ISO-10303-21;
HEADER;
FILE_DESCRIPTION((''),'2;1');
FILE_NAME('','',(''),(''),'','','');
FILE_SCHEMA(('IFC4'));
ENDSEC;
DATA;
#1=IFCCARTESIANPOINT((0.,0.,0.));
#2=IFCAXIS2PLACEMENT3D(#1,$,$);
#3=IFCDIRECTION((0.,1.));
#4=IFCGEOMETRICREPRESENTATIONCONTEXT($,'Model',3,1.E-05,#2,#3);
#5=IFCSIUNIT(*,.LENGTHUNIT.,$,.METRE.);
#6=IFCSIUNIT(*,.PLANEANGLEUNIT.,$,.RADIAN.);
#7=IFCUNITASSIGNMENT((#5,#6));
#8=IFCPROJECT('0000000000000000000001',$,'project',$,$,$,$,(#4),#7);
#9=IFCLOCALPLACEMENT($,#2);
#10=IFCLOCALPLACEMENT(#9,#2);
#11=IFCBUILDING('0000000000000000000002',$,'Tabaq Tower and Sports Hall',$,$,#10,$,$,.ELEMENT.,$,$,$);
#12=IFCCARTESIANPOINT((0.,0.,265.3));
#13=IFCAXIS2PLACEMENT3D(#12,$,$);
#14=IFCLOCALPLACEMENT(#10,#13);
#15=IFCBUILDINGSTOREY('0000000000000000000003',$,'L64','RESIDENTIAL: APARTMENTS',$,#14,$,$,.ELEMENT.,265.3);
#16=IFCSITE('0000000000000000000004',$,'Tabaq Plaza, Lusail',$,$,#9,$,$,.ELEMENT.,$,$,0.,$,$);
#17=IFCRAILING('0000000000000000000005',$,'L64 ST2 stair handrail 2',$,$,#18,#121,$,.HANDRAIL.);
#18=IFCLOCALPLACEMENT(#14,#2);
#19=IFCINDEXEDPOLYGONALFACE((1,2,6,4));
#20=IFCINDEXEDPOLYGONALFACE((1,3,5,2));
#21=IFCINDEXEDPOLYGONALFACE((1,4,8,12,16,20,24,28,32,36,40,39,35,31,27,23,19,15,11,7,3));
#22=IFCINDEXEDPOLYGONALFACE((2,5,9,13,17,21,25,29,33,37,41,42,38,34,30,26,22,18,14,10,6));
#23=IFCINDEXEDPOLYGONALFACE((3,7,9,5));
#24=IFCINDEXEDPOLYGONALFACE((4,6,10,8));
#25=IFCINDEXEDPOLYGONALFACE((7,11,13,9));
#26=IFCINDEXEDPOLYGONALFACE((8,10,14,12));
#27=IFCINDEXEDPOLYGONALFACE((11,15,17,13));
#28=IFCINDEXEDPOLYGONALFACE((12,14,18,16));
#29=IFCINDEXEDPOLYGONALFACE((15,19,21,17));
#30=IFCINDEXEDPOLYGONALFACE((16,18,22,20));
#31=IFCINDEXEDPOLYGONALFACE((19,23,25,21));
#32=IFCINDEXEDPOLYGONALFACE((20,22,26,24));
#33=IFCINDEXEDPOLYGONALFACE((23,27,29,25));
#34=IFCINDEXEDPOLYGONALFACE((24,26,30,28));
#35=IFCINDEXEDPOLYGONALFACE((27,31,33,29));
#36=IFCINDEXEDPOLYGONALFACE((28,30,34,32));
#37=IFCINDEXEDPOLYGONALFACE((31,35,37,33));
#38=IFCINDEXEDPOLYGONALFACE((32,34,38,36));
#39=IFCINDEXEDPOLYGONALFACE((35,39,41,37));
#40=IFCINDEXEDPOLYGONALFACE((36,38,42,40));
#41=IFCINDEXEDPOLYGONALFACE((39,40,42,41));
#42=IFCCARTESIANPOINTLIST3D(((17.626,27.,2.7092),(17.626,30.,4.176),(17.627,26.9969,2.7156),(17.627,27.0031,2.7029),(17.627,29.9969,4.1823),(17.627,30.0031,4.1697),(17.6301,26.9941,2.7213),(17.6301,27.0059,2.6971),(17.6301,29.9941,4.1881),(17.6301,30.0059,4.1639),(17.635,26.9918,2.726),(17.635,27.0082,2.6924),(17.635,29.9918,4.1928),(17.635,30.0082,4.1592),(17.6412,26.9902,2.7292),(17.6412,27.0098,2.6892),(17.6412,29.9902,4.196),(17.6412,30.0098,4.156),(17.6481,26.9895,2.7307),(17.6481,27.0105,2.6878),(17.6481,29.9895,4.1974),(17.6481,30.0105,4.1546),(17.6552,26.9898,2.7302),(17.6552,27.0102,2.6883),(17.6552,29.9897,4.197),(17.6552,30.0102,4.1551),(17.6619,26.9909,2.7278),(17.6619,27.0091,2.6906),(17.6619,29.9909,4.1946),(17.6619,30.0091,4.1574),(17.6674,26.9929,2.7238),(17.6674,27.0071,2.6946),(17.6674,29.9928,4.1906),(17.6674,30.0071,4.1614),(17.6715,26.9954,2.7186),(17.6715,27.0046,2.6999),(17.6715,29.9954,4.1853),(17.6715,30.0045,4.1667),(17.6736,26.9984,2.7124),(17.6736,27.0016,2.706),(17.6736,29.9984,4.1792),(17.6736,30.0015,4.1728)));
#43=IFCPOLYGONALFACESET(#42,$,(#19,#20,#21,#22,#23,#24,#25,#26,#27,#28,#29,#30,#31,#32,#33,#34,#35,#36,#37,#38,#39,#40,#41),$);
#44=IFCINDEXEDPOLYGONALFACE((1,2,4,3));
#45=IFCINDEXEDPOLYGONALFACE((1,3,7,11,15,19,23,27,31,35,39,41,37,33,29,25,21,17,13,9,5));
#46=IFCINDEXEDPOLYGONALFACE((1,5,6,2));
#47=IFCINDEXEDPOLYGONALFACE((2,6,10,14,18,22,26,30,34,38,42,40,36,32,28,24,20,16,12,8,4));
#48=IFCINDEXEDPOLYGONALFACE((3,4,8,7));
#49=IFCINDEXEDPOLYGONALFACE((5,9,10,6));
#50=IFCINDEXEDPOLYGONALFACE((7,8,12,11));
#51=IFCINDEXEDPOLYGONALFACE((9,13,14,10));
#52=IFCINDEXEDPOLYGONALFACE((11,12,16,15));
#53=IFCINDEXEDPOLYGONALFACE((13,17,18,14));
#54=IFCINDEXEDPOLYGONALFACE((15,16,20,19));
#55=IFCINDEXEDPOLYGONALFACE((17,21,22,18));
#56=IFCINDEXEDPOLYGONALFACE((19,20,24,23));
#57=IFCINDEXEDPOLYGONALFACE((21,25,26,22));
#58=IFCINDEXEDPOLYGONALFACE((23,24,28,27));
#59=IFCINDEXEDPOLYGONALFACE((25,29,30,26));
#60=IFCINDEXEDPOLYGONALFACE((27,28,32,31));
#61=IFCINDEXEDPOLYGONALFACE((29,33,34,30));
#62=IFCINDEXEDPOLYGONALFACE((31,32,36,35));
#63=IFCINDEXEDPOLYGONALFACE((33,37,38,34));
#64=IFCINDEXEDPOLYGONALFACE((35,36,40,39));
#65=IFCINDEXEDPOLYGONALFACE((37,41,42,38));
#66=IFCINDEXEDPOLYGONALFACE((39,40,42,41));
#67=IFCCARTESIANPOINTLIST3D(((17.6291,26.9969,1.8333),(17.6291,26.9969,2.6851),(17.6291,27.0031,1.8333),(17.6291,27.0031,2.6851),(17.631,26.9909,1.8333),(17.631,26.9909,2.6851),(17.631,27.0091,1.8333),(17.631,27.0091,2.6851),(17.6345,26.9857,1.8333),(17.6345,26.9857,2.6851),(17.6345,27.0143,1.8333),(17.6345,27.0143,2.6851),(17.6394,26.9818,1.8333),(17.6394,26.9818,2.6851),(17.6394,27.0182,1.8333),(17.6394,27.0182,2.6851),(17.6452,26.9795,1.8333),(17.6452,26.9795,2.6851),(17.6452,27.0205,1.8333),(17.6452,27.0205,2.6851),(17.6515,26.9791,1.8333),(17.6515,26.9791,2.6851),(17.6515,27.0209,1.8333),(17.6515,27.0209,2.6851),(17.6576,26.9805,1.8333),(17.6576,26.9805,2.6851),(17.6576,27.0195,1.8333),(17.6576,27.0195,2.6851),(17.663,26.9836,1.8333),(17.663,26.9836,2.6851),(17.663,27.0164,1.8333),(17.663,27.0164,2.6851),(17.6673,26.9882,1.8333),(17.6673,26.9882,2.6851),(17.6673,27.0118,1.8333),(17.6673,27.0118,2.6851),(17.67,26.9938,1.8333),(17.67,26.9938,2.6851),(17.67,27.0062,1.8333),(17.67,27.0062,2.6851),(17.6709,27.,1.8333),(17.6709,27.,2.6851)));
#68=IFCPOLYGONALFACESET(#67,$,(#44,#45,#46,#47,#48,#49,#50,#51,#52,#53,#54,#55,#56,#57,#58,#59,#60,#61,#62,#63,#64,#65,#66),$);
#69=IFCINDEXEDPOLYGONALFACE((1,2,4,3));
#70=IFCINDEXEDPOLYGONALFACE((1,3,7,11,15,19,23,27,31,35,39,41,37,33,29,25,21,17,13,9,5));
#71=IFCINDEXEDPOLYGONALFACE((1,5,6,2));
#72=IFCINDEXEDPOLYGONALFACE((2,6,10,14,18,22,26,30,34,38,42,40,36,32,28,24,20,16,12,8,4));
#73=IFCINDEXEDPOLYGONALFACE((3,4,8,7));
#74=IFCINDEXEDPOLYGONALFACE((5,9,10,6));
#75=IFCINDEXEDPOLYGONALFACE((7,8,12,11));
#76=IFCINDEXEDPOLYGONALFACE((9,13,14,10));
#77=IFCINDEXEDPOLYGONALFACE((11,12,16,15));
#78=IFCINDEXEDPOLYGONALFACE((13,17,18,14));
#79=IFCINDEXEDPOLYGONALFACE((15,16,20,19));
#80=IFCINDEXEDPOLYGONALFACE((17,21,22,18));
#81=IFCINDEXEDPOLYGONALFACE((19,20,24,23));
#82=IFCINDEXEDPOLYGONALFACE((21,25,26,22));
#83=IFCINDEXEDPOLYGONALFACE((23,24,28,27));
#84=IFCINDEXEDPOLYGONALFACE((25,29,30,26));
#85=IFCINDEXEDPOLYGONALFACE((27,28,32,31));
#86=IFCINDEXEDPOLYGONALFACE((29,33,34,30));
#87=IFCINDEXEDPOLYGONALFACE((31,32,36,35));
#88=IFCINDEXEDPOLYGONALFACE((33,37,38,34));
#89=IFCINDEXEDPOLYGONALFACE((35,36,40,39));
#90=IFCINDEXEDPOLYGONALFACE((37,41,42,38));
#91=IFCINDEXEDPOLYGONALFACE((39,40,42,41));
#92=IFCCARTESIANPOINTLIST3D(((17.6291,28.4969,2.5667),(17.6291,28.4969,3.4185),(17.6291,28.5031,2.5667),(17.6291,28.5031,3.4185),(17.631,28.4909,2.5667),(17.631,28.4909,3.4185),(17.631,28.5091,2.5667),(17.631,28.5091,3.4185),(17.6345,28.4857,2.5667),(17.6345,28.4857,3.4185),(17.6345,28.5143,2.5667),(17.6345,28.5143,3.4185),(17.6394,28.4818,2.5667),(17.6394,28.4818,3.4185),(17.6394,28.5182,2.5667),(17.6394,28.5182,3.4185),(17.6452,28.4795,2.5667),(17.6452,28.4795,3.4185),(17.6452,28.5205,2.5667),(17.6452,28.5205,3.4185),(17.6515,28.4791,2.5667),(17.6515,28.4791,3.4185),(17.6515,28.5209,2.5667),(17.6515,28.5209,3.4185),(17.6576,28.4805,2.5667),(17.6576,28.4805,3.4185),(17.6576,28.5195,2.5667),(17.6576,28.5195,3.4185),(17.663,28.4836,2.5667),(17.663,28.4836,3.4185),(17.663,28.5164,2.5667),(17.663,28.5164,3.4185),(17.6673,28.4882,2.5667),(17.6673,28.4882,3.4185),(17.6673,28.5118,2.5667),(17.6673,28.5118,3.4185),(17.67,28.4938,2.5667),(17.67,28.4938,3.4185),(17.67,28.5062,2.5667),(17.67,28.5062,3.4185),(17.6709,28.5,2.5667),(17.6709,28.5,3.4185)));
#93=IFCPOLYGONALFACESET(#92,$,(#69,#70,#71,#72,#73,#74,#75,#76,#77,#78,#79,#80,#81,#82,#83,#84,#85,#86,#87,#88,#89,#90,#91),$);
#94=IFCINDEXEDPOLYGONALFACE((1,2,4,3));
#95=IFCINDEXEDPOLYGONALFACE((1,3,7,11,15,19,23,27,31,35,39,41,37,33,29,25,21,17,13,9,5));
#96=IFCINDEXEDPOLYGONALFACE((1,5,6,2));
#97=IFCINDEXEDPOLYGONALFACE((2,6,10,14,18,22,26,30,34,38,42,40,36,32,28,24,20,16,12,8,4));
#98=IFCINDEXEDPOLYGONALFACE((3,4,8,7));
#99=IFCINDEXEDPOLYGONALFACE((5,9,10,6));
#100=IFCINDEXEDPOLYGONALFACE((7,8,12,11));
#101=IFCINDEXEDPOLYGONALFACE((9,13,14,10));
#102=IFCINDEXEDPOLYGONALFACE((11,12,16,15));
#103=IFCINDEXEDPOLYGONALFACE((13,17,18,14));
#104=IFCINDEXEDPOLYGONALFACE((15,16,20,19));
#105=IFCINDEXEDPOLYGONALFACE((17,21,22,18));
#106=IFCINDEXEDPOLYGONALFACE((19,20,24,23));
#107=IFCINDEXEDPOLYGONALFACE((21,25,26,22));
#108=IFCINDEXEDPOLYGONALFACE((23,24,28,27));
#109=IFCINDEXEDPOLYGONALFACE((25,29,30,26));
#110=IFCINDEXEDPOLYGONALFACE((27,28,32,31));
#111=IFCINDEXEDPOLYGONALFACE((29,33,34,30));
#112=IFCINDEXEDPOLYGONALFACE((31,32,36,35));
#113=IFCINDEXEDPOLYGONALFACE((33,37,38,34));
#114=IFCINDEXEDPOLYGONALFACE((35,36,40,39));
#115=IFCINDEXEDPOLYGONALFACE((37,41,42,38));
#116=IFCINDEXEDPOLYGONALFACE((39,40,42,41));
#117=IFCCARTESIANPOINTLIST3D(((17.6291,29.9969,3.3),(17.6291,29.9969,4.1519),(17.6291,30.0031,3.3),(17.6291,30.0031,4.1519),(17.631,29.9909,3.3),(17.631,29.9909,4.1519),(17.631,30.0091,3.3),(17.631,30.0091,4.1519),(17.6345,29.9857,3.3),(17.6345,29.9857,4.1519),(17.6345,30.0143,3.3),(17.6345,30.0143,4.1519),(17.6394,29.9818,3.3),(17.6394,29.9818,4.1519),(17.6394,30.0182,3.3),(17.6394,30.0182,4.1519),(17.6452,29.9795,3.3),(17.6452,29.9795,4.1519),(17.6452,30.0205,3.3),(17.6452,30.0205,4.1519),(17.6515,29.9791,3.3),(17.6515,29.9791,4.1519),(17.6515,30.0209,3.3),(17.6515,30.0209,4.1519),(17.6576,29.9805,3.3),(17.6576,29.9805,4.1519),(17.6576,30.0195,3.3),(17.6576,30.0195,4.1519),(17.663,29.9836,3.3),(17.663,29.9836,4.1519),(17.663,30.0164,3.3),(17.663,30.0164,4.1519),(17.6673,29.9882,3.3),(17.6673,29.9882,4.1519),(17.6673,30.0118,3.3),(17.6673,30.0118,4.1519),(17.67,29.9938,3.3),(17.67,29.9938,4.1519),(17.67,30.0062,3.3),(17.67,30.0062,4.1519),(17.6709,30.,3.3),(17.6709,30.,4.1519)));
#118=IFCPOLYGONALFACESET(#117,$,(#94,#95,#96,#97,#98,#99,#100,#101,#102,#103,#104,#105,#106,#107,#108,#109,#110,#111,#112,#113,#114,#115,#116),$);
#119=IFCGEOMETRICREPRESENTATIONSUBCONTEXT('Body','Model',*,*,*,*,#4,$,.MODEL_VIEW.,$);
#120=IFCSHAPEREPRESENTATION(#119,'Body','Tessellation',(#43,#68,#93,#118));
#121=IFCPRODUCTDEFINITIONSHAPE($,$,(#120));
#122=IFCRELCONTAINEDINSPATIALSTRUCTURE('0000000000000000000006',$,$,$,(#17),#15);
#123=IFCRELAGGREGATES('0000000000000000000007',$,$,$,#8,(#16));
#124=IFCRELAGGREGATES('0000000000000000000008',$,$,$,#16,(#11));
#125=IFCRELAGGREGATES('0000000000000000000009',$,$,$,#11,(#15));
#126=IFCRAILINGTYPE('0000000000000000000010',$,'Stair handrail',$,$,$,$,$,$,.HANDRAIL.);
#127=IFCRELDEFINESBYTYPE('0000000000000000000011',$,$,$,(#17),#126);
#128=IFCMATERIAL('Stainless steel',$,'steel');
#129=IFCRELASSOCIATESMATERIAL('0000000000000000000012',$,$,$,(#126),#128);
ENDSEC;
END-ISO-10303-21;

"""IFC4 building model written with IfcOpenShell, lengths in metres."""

from ifc_helpers import new_model, si_unit, direction, frame, origin, origin_2d, place, context, subcontext, project, spatial, circle, extrude, material, type_object, element, save


model = new_model("IFC4")

# Units and contexts
model_context = context("Model", 3, precision=1e-05, world=origin(), true_north=direction((0.0, 1.0)))
body_context = subcontext(model_context, "Body", "Model", "MODEL_VIEW")
ifc_project = project(units=[si_unit("LENGTHUNIT", "METRE"), si_unit("PLANEANGLEUNIT", "RADIAN")], contexts=[model_context])

# Site, building, storey
site_placement = place(None, origin())
site = spatial("IfcSite", under=ifc_project, at=site_placement, Name="Tabaq Plaza, Lusail", CompositionType="ELEMENT", RefElevation=0.0)
building_placement = place(site_placement, origin())
building = spatial("IfcBuilding", under=site, at=building_placement, Name="Tabaq Tower and Sports Hall", CompositionType="ELEMENT")
storey_placement = place(building_placement, frame((0.0, 0.0, 265.3)))
storey = spatial("IfcBuildingStorey", under=building, at=storey_placement, Name="L64", Description="RESIDENTIAL: APARTMENTS", CompositionType="ELEMENT", Elevation=265.3)

# Railing
ifc_material_1 = material(Name="Stainless steel", Category="steel")
railing_type_1 = type_object("IfcRailingType", Name="Stair handrail", PredefinedType="HANDRAIL", material=ifc_material_1)
railing_1_placement = place(storey_placement, frame((17.6499, 27.0, 1.8333)))
element("IfcRailing", 1, at=railing_1_placement, inside=storey, type_object=railing_type_1, Name="L64 ST2 stair handrail 2", PredefinedType="HANDRAIL", context=body_context, shape_type="SweptSolid", body=[
    extrude(circle(Radius=0.0239, at=origin_2d()), frame((0.0, 0.0, 0.876), z_axis=(0.0, 0.898369, 0.439242), x_axis=(-1.0, 0.0, 0.0)), (0.0, 0.0, 1.0), 3.3394),
    extrude(circle(Radius=0.021, at=origin_2d()), origin(), (0.0, 0.0, 1.0), 0.8518),
    extrude(circle(Radius=0.021, at=origin_2d()), frame((0.0, 1.5, 0.7334)), (0.0, 0.0, 1.0), 0.8518),
    extrude(circle(Radius=0.021, at=origin_2d()), frame((0.0, 3.0, 1.4668)), (0.0, 0.0, 1.0), 0.8518),
])

save(model, "model.ifc")
